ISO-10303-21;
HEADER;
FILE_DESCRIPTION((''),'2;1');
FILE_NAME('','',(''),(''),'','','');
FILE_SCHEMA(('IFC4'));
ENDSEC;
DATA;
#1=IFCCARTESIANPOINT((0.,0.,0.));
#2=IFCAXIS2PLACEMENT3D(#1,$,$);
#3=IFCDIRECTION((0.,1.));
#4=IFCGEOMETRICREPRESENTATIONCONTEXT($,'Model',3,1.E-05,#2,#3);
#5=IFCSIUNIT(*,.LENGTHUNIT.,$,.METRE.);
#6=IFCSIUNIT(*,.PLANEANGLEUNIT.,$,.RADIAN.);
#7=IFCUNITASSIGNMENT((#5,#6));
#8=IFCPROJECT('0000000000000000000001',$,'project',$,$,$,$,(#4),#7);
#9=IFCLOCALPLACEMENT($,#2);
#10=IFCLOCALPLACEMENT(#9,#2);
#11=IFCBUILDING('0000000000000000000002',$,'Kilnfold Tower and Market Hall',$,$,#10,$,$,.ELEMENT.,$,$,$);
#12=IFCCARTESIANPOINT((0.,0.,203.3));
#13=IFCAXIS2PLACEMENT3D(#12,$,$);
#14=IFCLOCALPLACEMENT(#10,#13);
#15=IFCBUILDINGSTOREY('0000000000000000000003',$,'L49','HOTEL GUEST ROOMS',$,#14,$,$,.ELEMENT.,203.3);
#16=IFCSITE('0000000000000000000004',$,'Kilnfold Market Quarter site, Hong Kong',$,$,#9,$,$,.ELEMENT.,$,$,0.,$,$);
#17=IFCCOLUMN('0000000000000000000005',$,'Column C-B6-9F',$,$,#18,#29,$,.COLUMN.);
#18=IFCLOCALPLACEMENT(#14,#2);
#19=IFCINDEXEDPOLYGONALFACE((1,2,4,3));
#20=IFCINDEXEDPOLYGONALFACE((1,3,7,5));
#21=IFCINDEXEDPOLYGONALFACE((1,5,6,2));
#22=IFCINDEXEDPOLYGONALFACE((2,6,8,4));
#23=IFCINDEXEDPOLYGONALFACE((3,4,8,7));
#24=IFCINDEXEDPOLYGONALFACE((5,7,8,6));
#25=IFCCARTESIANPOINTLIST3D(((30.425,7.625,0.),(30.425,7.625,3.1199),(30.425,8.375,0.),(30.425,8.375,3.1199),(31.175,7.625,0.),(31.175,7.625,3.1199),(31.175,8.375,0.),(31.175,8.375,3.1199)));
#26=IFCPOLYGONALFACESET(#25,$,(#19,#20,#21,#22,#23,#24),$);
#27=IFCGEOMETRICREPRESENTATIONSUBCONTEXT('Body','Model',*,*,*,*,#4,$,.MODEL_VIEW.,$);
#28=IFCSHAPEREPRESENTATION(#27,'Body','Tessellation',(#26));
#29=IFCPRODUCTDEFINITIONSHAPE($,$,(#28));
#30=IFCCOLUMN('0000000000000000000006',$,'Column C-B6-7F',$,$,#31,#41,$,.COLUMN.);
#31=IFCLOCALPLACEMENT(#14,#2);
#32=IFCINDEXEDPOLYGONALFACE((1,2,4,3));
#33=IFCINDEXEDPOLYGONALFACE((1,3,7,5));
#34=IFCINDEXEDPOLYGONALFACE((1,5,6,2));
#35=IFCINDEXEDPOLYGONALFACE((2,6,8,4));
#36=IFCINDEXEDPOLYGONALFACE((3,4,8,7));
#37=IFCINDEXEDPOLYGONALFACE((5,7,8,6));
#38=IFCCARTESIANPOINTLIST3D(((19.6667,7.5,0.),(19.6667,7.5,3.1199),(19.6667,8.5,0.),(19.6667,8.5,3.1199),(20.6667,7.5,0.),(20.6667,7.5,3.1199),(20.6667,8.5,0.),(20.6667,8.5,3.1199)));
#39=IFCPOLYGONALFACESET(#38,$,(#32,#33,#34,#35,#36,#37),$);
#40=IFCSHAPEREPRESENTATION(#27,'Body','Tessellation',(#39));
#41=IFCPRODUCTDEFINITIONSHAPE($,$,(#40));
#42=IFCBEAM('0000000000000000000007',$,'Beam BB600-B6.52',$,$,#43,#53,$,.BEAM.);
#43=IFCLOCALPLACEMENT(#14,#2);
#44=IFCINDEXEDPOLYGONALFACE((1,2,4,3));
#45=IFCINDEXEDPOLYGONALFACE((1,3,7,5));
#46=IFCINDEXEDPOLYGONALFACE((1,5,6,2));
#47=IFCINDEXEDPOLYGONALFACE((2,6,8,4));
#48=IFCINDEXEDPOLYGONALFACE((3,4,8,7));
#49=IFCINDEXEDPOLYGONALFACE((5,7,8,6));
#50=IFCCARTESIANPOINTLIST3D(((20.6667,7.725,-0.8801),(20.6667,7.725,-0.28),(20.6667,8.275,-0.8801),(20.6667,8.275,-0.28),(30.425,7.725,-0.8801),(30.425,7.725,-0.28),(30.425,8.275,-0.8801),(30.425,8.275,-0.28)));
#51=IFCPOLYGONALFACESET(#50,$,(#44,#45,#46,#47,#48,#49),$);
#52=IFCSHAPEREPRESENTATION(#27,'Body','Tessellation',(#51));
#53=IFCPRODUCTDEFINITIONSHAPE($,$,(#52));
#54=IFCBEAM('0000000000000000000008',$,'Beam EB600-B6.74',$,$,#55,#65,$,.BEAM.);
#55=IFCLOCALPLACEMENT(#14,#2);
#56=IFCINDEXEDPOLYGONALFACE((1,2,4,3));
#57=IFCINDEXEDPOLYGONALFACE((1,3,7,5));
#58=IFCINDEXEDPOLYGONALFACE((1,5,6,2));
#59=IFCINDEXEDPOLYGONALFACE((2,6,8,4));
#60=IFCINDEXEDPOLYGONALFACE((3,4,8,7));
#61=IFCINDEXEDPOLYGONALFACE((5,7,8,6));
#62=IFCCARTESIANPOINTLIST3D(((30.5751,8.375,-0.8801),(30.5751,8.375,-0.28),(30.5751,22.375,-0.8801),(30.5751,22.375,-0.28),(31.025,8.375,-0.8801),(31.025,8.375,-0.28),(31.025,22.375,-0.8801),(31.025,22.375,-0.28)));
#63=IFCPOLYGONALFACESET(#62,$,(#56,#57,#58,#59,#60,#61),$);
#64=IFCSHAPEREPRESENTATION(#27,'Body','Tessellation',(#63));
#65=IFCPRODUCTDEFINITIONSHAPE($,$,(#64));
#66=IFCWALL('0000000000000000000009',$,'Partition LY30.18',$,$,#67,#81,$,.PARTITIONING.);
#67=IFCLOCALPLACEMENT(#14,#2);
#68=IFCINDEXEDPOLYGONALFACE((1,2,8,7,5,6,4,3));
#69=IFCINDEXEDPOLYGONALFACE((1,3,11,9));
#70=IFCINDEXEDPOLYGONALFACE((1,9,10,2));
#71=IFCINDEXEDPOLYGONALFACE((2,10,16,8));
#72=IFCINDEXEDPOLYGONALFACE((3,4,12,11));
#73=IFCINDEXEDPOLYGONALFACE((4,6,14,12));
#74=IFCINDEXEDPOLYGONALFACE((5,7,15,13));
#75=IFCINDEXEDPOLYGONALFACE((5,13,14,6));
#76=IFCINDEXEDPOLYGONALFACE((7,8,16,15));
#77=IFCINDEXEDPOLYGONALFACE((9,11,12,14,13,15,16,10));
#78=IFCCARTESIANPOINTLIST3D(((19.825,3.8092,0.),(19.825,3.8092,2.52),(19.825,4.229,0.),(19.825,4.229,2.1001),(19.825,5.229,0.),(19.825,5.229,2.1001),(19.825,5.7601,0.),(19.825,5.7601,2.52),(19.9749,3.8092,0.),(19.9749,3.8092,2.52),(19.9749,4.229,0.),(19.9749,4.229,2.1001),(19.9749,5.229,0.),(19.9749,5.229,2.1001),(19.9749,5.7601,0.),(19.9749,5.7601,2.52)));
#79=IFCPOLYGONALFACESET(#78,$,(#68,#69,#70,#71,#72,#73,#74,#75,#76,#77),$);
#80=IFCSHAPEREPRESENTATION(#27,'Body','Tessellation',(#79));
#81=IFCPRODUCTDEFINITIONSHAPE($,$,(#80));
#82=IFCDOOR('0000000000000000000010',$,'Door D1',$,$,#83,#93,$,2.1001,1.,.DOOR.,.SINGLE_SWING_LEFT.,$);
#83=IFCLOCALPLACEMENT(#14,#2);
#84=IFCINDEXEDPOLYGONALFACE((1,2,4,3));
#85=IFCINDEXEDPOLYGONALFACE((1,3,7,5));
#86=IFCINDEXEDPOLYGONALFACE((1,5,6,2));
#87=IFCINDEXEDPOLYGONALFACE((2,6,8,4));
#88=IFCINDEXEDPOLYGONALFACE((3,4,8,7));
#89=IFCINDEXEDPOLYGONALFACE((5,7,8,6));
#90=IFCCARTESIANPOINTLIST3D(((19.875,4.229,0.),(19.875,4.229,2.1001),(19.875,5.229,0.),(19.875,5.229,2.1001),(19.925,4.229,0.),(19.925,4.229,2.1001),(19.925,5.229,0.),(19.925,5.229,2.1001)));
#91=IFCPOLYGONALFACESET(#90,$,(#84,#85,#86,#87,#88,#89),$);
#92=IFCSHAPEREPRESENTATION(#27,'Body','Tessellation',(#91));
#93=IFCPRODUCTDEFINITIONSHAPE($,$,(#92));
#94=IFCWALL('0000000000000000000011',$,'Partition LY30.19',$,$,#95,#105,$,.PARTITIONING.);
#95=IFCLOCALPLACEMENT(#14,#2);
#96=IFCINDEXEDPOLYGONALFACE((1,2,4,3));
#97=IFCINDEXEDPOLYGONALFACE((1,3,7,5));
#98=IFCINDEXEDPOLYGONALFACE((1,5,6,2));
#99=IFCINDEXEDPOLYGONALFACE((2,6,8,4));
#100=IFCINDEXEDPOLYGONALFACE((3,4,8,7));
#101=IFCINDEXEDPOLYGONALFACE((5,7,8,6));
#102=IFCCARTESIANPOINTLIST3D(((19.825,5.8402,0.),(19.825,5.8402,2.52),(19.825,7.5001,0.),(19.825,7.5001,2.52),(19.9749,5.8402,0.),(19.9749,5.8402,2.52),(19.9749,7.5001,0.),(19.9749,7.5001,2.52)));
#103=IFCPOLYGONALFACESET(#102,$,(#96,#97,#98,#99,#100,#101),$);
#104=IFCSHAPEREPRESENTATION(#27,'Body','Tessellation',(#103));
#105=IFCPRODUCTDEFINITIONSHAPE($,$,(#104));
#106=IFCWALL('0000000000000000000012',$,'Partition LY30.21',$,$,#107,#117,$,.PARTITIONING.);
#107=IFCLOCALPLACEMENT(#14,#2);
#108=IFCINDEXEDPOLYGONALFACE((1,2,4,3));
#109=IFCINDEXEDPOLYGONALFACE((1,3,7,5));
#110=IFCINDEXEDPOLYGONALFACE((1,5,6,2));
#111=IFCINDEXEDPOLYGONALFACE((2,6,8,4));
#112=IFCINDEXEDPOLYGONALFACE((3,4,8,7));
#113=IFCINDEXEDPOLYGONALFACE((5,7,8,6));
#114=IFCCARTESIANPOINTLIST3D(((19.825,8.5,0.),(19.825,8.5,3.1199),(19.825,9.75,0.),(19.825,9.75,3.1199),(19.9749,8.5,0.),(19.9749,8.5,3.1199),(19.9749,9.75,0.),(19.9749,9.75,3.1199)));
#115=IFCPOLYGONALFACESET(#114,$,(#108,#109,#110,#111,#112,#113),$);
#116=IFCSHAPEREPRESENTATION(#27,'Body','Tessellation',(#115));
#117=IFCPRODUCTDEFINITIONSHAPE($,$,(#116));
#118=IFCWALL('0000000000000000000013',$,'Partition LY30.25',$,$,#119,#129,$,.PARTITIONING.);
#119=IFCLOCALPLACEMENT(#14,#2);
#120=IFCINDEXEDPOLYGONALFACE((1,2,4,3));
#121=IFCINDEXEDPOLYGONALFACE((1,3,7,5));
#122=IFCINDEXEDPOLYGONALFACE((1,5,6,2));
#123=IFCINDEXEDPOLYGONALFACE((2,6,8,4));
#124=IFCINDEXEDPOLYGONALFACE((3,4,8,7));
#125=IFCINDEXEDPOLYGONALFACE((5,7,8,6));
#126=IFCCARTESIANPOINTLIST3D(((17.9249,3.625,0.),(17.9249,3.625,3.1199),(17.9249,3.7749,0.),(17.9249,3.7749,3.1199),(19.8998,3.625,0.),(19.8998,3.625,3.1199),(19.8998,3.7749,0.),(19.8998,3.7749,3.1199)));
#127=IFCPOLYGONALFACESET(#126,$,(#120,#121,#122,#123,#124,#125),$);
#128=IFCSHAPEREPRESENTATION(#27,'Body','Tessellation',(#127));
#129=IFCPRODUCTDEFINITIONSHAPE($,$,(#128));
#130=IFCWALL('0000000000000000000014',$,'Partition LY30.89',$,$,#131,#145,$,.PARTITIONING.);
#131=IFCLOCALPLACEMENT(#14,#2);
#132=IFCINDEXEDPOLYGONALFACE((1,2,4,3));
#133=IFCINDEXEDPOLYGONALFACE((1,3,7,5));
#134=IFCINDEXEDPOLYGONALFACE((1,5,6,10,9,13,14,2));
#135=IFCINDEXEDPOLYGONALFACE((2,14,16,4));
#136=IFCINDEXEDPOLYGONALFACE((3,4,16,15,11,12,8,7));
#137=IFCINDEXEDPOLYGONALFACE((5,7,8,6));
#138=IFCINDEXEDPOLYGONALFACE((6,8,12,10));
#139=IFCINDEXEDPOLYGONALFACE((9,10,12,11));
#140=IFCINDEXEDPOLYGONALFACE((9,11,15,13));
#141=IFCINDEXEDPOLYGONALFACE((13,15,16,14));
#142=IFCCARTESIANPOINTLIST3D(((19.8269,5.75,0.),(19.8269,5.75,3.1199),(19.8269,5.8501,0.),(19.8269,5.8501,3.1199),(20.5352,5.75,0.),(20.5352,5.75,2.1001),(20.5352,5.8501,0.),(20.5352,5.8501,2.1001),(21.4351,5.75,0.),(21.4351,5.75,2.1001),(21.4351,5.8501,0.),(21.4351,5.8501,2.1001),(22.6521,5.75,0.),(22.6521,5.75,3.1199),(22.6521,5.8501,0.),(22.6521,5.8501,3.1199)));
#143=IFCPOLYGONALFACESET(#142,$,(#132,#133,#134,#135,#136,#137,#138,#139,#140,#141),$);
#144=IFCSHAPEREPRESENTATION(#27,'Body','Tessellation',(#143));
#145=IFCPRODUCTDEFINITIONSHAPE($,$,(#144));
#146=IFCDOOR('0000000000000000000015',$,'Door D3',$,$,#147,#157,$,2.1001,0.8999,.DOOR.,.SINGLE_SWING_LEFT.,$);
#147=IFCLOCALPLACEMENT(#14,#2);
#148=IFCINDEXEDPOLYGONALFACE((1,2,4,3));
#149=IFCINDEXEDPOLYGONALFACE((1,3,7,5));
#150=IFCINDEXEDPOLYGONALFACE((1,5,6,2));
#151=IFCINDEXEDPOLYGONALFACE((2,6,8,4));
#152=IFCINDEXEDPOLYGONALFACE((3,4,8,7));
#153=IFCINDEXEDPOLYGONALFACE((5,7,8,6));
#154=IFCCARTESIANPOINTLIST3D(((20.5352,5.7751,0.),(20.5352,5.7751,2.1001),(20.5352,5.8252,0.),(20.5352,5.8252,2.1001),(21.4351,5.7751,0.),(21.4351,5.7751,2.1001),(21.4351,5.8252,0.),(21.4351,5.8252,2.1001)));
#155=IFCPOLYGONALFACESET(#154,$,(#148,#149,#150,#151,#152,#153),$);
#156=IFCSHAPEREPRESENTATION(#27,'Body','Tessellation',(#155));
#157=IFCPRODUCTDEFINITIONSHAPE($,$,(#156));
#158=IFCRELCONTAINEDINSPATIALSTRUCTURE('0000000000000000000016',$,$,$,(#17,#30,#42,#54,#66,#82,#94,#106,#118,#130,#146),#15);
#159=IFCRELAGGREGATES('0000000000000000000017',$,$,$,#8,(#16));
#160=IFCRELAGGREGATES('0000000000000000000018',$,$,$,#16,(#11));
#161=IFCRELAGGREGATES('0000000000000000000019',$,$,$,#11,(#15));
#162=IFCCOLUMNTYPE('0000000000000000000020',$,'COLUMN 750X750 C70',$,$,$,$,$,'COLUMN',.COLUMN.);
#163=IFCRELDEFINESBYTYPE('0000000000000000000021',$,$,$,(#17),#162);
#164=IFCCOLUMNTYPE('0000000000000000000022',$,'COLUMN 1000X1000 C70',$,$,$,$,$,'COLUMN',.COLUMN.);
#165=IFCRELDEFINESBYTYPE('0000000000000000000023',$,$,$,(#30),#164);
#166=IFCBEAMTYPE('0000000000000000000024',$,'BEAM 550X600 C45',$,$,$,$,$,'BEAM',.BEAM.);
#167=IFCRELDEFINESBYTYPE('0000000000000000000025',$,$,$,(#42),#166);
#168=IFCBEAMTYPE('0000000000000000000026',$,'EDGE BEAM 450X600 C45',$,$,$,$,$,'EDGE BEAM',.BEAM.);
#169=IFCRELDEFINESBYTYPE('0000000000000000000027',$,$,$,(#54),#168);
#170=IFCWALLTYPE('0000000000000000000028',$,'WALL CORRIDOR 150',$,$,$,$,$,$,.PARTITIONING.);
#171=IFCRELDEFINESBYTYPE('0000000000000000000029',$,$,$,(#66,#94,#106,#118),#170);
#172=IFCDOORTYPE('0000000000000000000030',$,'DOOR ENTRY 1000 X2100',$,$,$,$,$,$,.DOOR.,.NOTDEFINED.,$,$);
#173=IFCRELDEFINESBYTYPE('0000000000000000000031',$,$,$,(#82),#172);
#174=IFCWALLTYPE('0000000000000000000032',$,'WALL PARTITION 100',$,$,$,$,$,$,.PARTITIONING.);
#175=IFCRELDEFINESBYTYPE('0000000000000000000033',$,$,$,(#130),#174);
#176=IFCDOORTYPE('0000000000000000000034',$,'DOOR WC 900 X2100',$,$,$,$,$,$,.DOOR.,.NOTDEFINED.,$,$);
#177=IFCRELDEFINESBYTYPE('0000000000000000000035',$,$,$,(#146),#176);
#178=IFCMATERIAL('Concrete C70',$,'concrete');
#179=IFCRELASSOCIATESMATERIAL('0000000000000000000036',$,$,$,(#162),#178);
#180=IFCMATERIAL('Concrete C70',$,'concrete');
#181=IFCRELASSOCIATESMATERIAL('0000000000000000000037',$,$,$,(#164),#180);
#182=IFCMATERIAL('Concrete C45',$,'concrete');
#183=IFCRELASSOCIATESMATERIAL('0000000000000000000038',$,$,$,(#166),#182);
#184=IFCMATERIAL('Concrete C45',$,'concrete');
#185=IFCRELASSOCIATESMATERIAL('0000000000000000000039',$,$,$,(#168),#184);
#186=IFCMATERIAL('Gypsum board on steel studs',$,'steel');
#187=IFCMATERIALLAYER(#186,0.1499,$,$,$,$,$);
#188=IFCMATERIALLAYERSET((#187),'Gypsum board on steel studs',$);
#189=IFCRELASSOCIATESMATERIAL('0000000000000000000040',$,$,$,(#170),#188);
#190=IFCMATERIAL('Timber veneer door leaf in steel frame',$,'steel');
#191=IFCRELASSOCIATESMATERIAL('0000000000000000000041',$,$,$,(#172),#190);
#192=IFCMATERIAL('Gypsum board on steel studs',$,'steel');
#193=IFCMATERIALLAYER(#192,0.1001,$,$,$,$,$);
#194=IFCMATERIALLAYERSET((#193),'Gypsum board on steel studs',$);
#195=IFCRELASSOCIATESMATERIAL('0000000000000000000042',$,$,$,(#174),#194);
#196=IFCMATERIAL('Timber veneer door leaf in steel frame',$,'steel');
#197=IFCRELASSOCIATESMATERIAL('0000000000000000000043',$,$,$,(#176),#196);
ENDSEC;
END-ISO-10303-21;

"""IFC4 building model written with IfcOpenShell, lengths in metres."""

from ifc_helpers import new_model, si_unit, direction, frame, frame_2d, origin, origin_2d, place, context, subcontext, project, spatial, rectangle, extrude, source, transform, mapped, material, layer, layer_set, material_profile, profile_set, type_object, element, fill, save


model = new_model("IFC4")

# Units and contexts
model_context = context("Model", 3, precision=1e-05, world=origin(), true_north=direction((0.0, 1.0)))
body_context = subcontext(model_context, "Body", "Model", "MODEL_VIEW")
ifc_project = project(units=[si_unit("LENGTHUNIT", "METRE"), si_unit("PLANEANGLEUNIT", "RADIAN")], contexts=[model_context])

# Site, building, storey
site_placement = place(None, origin())
site = spatial("IfcSite", under=ifc_project, at=site_placement, Name="Kilnfold Market Quarter site, Hong Kong", CompositionType="ELEMENT", RefElevation=0.0)
building_placement = place(site_placement, origin())
building = spatial("IfcBuilding", under=site, at=building_placement, Name="Kilnfold Tower and Market Hall", CompositionType="ELEMENT")
storey_placement = place(building_placement, frame((0.0, 0.0, 203.3)))
storey = spatial("IfcBuildingStorey", under=building, at=storey_placement, Name="L49", Description="HOTEL GUEST ROOMS", CompositionType="ELEMENT", Elevation=203.3)

# Columns
ifc_material_1 = material(Name="Concrete C70", Category="concrete")
ifc_material_profile_1 = material_profile(ifc_material_1, rectangle(XDim=0.75, YDim=0.75, at=origin_2d()), Name="RC 750x750")
ifc_profile_set_1 = profile_set([ifc_material_profile_1], Name="Concrete C70")
column_type_1 = type_object("IfcColumnType", Name="COLUMN 750X750 C70", ElementType="COLUMN", PredefinedType="COLUMN", material=ifc_profile_set_1)
shared_shape_1 = source(origin(), body_context, "Body", "SweptSolid", [
    extrude(rectangle(XDim=0.75, YDim=0.75, at=origin_2d()), origin(), (0.0, 0.0, 1.0), 3.1199),
])
column_1_placement = place(storey_placement, frame((30.8, 8.0, 0.0), z_axis=(0.0, 0.0, 1.0), x_axis=(1.0, 0.0, 0.0)))
element("IfcColumn", 1, at=column_1_placement, inside=storey, type_object=column_type_1, Name="Column C-B6-9F", PredefinedType="COLUMN", context=body_context, shape_type="MappedRepresentation", body=[
    mapped(shared_shape_1, transform((0.0, 0.0, 0.0))),
])
ifc_material_2 = material(Name="Concrete C70", Category="concrete")
ifc_material_profile_2 = material_profile(ifc_material_2, rectangle(XDim=1.0, YDim=1.0, at=origin_2d()), Name="RC 1000x1000")
ifc_profile_set_2 = profile_set([ifc_material_profile_2], Name="Concrete C70")
column_type_2 = type_object("IfcColumnType", Name="COLUMN 1000X1000 C70", ElementType="COLUMN", PredefinedType="COLUMN", material=ifc_profile_set_2)
shared_shape_2 = source(origin(), body_context, "Body", "SweptSolid", [
    extrude(rectangle(XDim=1.0, YDim=1.0, at=origin_2d()), origin(), (0.0, 0.0, 1.0), 3.1199),
])
column_2_placement = place(storey_placement, frame((20.1667, 8.0, 0.0), z_axis=(0.0, 0.0, 1.0), x_axis=(1.0, 0.0, 0.0)))
element("IfcColumn", 2, at=column_2_placement, inside=storey, type_object=column_type_2, Name="Column C-B6-7F", PredefinedType="COLUMN", context=body_context, shape_type="MappedRepresentation", body=[
    mapped(shared_shape_2, transform((0.0, 0.0, 0.0))),
])

# Beams
ifc_material_3 = material(Name="Concrete C45", Category="concrete")
ifc_material_profile_3 = material_profile(ifc_material_3, rectangle(XDim=0.55, YDim=0.6001, at=origin_2d()), Name="RC 550x600")
ifc_profile_set_3 = profile_set([ifc_material_profile_3], Name="Concrete C45")
beam_type_1 = type_object("IfcBeamType", Name="BEAM 550X600 C45", ElementType="BEAM", PredefinedType="BEAM", material=ifc_profile_set_3)
shared_shape_3 = source(origin(), body_context, "Body", "SweptSolid", [
    extrude(rectangle(XDim=0.55, YDim=0.6001, at=origin_2d()), origin(), (0.0, 0.0, 1.0), 9.7583),
])
beam_1_placement = place(storey_placement, frame((20.6667, 8.0, -0.5801), z_axis=(1.0, 0.0, 0.0), x_axis=(0.0, 1.0, 0.0)))
element("IfcBeam", 3, at=beam_1_placement, inside=storey, type_object=beam_type_1, Name="Beam BB600-B6.52", PredefinedType="BEAM", context=body_context, shape_type="MappedRepresentation", body=[
    mapped(shared_shape_3, transform((0.0, 0.0, 0.0))),
])
ifc_material_4 = material(Name="Concrete C45", Category="concrete")
ifc_material_profile_4 = material_profile(ifc_material_4, rectangle(XDim=0.45, YDim=0.6001, at=origin_2d()), Name="RC 450x600")
ifc_profile_set_4 = profile_set([ifc_material_profile_4], Name="Concrete C45")
beam_type_2 = type_object("IfcBeamType", Name="EDGE BEAM 450X600 C45", ElementType="EDGE BEAM", PredefinedType="BEAM", material=ifc_profile_set_4)
shared_shape_4 = source(origin(), body_context, "Body", "SweptSolid", [
    extrude(rectangle(XDim=0.45, YDim=0.6001, at=origin_2d()), origin(), (0.0, 0.0, 1.0), 14.0),
])
beam_2_placement = place(storey_placement, frame((30.8, 8.375, -0.5801), z_axis=(0.0, 1.0, 0.0), x_axis=(-1.0, 0.0, 0.0)))
element("IfcBeam", 4, at=beam_2_placement, inside=storey, type_object=beam_type_2, Name="Beam EB600-B6.74", PredefinedType="BEAM", context=body_context, shape_type="MappedRepresentation", body=[
    mapped(shared_shape_4, transform((0.0, 0.0, 0.0))),
])

# Wall, opening, door
ifc_material_5 = material(Name="Gypsum board on steel studs", Category="steel")
ifc_layer_1 = layer(ifc_material_5, 0.1499)
ifc_layer_set_1 = layer_set([ifc_layer_1], Name="Gypsum board on steel studs")
wall_type_1 = type_object("IfcWallType", Name="WALL CORRIDOR 150", PredefinedType="PARTITIONING", material=ifc_layer_set_1)
wall_1_placement = place(storey_placement, frame((19.8999, 3.8091, 0.0), z_axis=(0.0, 0.0, 1.0), x_axis=(0.0, 1.0, 0.0)))
wall_1 = element("IfcWall", 5, at=wall_1_placement, inside=storey, type_object=wall_type_1, Name="Partition LY30.18", PredefinedType="PARTITIONING", context=body_context, shape_type="SweptSolid", body=[
    extrude(rectangle(XDim=1.9509, YDim=0.1499, at=frame_2d((0.9756, 0.0))), origin(), (0.0, 0.0, 1.0), 2.52),
])
opening_1_placement = place(wall_1_placement, frame((0.4199, 0.0, 0.0)))
opening_1 = element("IfcOpeningElement", 6, at=opening_1_placement, cuts=wall_1, PredefinedType="OPENING", context=body_context, shape_type="SweptSolid", body=[
    extrude(rectangle(XDim=1.0, YDim=2.1001, at=frame_2d((0.5, 1.05))), frame((0.0, 0.085, 0.0), z_axis=(0.0, -1.0, 0.0), x_axis=(1.0, 0.0, 0.0)), (0.0, 0.0, 1.0), 0.1699),
])
ifc_material_6 = material(Name="Timber veneer door leaf in steel frame", Category="steel")
door_type_1 = type_object("IfcDoorType", Name="DOOR ENTRY 1000 X2100", OperationType="NOTDEFINED", PredefinedType="DOOR", material=ifc_material_6)
door_1_placement = place(opening_1_placement, origin())
door_1 = element("IfcDoor", 7, at=door_1_placement, inside=storey, type_object=door_type_1, Name="Door D1", OperationType="SINGLE_SWING_LEFT", OverallHeight=2.1001, OverallWidth=1.0, PredefinedType="DOOR", context=body_context, shape_type="SweptSolid", body=[
    extrude(rectangle(XDim=1.0, YDim=2.1001, at=frame_2d((0.5, 1.05))), frame((0.0, 0.0249, 0.0), z_axis=(0.0, -1.0, 0.0), x_axis=(1.0, 0.0, 0.0)), (0.0, 0.0, 1.0), 0.05),
])
fill(opening_1, door_1)

# Walls
wall_2_placement = place(storey_placement, frame((19.8999, 5.8401, 0.0), z_axis=(0.0, 0.0, 1.0), x_axis=(0.0, 1.0, 0.0)))
element("IfcWall", 8, at=wall_2_placement, inside=storey, type_object=wall_type_1, Name="Partition LY30.19", PredefinedType="PARTITIONING", context=body_context, shape_type="SweptSolid", body=[
    extrude(rectangle(XDim=1.6599, YDim=0.1499, at=frame_2d((0.8301, 0.0))), origin(), (0.0, 0.0, 1.0), 2.52),
])
wall_3_placement = place(storey_placement, frame((19.8999, 8.5, 0.0), z_axis=(0.0, 0.0, 1.0), x_axis=(0.0, 1.0, 0.0)))
element("IfcWall", 9, at=wall_3_placement, inside=storey, type_object=wall_type_1, Name="Partition LY30.21", PredefinedType="PARTITIONING", context=body_context, shape_type="SweptSolid", body=[
    extrude(rectangle(XDim=1.25, YDim=0.1499, at=frame_2d((0.625, 0.0))), origin(), (0.0, 0.0, 1.0), 3.1199),
])
wall_4_placement = place(storey_placement, frame((17.925, 3.7, 0.0), z_axis=(0.0, 0.0, 1.0), x_axis=(1.0, 0.0, 0.0)))
element("IfcWall", 10, at=wall_4_placement, inside=storey, type_object=wall_type_1, Name="Partition LY30.25", PredefinedType="PARTITIONING", context=body_context, shape_type="SweptSolid", body=[
    extrude(rectangle(XDim=1.9749, YDim=0.1499, at=frame_2d((0.9873, 0.0))), origin(), (0.0, 0.0, 1.0), 3.1199),
])

# Wall, opening, door
ifc_material_7 = material(Name="Gypsum board on steel studs", Category="steel")
ifc_layer_2 = layer(ifc_material_7, 0.1001)
ifc_layer_set_2 = layer_set([ifc_layer_2], Name="Gypsum board on steel studs")
wall_type_2 = type_object("IfcWallType", Name="WALL PARTITION 100", PredefinedType="PARTITIONING", material=ifc_layer_set_2)
wall_5_placement = place(storey_placement, frame((22.6521, 5.8, 0.0), z_axis=(0.0, 0.0, 1.0), x_axis=(-1.0, 0.0, 0.0)))
wall_5 = element("IfcWall", 11, at=wall_5_placement, inside=storey, type_object=wall_type_2, Name="Partition LY30.89", PredefinedType="PARTITIONING", context=body_context, shape_type="SweptSolid", body=[
    extrude(rectangle(XDim=2.8252, YDim=0.1001, at=frame_2d((1.4126, 0.0))), origin(), (0.0, 0.0, 1.0), 3.1199),
])
opening_2_placement = place(wall_5_placement, frame((1.217, 0.0, 0.0)))
opening_2 = element("IfcOpeningElement", 12, at=opening_2_placement, cuts=wall_5, PredefinedType="OPENING", context=body_context, shape_type="SweptSolid", body=[
    extrude(rectangle(XDim=0.8999, YDim=2.1001, at=frame_2d((0.45, 1.05))), frame((0.0, 0.0601, 0.0), z_axis=(0.0, -1.0, 0.0), x_axis=(1.0, 0.0, 0.0)), (0.0, 0.0, 1.0), 0.1201),
])
ifc_material_8 = material(Name="Timber veneer door leaf in steel frame", Category="steel")
door_type_2 = type_object("IfcDoorType", Name="DOOR WC 900 X2100", OperationType="NOTDEFINED", PredefinedType="DOOR", material=ifc_material_8)
door_2_placement = place(opening_2_placement, origin())
door_2 = element("IfcDoor", 13, at=door_2_placement, inside=storey, type_object=door_type_2, Name="Door D3", OperationType="SINGLE_SWING_LEFT", OverallHeight=2.1001, OverallWidth=0.8999, PredefinedType="DOOR", context=body_context, shape_type="SweptSolid", body=[
    extrude(rectangle(XDim=0.8999, YDim=2.1001, at=frame_2d((0.45, 1.05))), frame((0.0, 0.0249, 0.0), z_axis=(0.0, -1.0, 0.0), x_axis=(1.0, 0.0, 0.0)), (0.0, 0.0, 1.0), 0.05),
])
fill(opening_2, door_2)

save(model, "model.ifc")
